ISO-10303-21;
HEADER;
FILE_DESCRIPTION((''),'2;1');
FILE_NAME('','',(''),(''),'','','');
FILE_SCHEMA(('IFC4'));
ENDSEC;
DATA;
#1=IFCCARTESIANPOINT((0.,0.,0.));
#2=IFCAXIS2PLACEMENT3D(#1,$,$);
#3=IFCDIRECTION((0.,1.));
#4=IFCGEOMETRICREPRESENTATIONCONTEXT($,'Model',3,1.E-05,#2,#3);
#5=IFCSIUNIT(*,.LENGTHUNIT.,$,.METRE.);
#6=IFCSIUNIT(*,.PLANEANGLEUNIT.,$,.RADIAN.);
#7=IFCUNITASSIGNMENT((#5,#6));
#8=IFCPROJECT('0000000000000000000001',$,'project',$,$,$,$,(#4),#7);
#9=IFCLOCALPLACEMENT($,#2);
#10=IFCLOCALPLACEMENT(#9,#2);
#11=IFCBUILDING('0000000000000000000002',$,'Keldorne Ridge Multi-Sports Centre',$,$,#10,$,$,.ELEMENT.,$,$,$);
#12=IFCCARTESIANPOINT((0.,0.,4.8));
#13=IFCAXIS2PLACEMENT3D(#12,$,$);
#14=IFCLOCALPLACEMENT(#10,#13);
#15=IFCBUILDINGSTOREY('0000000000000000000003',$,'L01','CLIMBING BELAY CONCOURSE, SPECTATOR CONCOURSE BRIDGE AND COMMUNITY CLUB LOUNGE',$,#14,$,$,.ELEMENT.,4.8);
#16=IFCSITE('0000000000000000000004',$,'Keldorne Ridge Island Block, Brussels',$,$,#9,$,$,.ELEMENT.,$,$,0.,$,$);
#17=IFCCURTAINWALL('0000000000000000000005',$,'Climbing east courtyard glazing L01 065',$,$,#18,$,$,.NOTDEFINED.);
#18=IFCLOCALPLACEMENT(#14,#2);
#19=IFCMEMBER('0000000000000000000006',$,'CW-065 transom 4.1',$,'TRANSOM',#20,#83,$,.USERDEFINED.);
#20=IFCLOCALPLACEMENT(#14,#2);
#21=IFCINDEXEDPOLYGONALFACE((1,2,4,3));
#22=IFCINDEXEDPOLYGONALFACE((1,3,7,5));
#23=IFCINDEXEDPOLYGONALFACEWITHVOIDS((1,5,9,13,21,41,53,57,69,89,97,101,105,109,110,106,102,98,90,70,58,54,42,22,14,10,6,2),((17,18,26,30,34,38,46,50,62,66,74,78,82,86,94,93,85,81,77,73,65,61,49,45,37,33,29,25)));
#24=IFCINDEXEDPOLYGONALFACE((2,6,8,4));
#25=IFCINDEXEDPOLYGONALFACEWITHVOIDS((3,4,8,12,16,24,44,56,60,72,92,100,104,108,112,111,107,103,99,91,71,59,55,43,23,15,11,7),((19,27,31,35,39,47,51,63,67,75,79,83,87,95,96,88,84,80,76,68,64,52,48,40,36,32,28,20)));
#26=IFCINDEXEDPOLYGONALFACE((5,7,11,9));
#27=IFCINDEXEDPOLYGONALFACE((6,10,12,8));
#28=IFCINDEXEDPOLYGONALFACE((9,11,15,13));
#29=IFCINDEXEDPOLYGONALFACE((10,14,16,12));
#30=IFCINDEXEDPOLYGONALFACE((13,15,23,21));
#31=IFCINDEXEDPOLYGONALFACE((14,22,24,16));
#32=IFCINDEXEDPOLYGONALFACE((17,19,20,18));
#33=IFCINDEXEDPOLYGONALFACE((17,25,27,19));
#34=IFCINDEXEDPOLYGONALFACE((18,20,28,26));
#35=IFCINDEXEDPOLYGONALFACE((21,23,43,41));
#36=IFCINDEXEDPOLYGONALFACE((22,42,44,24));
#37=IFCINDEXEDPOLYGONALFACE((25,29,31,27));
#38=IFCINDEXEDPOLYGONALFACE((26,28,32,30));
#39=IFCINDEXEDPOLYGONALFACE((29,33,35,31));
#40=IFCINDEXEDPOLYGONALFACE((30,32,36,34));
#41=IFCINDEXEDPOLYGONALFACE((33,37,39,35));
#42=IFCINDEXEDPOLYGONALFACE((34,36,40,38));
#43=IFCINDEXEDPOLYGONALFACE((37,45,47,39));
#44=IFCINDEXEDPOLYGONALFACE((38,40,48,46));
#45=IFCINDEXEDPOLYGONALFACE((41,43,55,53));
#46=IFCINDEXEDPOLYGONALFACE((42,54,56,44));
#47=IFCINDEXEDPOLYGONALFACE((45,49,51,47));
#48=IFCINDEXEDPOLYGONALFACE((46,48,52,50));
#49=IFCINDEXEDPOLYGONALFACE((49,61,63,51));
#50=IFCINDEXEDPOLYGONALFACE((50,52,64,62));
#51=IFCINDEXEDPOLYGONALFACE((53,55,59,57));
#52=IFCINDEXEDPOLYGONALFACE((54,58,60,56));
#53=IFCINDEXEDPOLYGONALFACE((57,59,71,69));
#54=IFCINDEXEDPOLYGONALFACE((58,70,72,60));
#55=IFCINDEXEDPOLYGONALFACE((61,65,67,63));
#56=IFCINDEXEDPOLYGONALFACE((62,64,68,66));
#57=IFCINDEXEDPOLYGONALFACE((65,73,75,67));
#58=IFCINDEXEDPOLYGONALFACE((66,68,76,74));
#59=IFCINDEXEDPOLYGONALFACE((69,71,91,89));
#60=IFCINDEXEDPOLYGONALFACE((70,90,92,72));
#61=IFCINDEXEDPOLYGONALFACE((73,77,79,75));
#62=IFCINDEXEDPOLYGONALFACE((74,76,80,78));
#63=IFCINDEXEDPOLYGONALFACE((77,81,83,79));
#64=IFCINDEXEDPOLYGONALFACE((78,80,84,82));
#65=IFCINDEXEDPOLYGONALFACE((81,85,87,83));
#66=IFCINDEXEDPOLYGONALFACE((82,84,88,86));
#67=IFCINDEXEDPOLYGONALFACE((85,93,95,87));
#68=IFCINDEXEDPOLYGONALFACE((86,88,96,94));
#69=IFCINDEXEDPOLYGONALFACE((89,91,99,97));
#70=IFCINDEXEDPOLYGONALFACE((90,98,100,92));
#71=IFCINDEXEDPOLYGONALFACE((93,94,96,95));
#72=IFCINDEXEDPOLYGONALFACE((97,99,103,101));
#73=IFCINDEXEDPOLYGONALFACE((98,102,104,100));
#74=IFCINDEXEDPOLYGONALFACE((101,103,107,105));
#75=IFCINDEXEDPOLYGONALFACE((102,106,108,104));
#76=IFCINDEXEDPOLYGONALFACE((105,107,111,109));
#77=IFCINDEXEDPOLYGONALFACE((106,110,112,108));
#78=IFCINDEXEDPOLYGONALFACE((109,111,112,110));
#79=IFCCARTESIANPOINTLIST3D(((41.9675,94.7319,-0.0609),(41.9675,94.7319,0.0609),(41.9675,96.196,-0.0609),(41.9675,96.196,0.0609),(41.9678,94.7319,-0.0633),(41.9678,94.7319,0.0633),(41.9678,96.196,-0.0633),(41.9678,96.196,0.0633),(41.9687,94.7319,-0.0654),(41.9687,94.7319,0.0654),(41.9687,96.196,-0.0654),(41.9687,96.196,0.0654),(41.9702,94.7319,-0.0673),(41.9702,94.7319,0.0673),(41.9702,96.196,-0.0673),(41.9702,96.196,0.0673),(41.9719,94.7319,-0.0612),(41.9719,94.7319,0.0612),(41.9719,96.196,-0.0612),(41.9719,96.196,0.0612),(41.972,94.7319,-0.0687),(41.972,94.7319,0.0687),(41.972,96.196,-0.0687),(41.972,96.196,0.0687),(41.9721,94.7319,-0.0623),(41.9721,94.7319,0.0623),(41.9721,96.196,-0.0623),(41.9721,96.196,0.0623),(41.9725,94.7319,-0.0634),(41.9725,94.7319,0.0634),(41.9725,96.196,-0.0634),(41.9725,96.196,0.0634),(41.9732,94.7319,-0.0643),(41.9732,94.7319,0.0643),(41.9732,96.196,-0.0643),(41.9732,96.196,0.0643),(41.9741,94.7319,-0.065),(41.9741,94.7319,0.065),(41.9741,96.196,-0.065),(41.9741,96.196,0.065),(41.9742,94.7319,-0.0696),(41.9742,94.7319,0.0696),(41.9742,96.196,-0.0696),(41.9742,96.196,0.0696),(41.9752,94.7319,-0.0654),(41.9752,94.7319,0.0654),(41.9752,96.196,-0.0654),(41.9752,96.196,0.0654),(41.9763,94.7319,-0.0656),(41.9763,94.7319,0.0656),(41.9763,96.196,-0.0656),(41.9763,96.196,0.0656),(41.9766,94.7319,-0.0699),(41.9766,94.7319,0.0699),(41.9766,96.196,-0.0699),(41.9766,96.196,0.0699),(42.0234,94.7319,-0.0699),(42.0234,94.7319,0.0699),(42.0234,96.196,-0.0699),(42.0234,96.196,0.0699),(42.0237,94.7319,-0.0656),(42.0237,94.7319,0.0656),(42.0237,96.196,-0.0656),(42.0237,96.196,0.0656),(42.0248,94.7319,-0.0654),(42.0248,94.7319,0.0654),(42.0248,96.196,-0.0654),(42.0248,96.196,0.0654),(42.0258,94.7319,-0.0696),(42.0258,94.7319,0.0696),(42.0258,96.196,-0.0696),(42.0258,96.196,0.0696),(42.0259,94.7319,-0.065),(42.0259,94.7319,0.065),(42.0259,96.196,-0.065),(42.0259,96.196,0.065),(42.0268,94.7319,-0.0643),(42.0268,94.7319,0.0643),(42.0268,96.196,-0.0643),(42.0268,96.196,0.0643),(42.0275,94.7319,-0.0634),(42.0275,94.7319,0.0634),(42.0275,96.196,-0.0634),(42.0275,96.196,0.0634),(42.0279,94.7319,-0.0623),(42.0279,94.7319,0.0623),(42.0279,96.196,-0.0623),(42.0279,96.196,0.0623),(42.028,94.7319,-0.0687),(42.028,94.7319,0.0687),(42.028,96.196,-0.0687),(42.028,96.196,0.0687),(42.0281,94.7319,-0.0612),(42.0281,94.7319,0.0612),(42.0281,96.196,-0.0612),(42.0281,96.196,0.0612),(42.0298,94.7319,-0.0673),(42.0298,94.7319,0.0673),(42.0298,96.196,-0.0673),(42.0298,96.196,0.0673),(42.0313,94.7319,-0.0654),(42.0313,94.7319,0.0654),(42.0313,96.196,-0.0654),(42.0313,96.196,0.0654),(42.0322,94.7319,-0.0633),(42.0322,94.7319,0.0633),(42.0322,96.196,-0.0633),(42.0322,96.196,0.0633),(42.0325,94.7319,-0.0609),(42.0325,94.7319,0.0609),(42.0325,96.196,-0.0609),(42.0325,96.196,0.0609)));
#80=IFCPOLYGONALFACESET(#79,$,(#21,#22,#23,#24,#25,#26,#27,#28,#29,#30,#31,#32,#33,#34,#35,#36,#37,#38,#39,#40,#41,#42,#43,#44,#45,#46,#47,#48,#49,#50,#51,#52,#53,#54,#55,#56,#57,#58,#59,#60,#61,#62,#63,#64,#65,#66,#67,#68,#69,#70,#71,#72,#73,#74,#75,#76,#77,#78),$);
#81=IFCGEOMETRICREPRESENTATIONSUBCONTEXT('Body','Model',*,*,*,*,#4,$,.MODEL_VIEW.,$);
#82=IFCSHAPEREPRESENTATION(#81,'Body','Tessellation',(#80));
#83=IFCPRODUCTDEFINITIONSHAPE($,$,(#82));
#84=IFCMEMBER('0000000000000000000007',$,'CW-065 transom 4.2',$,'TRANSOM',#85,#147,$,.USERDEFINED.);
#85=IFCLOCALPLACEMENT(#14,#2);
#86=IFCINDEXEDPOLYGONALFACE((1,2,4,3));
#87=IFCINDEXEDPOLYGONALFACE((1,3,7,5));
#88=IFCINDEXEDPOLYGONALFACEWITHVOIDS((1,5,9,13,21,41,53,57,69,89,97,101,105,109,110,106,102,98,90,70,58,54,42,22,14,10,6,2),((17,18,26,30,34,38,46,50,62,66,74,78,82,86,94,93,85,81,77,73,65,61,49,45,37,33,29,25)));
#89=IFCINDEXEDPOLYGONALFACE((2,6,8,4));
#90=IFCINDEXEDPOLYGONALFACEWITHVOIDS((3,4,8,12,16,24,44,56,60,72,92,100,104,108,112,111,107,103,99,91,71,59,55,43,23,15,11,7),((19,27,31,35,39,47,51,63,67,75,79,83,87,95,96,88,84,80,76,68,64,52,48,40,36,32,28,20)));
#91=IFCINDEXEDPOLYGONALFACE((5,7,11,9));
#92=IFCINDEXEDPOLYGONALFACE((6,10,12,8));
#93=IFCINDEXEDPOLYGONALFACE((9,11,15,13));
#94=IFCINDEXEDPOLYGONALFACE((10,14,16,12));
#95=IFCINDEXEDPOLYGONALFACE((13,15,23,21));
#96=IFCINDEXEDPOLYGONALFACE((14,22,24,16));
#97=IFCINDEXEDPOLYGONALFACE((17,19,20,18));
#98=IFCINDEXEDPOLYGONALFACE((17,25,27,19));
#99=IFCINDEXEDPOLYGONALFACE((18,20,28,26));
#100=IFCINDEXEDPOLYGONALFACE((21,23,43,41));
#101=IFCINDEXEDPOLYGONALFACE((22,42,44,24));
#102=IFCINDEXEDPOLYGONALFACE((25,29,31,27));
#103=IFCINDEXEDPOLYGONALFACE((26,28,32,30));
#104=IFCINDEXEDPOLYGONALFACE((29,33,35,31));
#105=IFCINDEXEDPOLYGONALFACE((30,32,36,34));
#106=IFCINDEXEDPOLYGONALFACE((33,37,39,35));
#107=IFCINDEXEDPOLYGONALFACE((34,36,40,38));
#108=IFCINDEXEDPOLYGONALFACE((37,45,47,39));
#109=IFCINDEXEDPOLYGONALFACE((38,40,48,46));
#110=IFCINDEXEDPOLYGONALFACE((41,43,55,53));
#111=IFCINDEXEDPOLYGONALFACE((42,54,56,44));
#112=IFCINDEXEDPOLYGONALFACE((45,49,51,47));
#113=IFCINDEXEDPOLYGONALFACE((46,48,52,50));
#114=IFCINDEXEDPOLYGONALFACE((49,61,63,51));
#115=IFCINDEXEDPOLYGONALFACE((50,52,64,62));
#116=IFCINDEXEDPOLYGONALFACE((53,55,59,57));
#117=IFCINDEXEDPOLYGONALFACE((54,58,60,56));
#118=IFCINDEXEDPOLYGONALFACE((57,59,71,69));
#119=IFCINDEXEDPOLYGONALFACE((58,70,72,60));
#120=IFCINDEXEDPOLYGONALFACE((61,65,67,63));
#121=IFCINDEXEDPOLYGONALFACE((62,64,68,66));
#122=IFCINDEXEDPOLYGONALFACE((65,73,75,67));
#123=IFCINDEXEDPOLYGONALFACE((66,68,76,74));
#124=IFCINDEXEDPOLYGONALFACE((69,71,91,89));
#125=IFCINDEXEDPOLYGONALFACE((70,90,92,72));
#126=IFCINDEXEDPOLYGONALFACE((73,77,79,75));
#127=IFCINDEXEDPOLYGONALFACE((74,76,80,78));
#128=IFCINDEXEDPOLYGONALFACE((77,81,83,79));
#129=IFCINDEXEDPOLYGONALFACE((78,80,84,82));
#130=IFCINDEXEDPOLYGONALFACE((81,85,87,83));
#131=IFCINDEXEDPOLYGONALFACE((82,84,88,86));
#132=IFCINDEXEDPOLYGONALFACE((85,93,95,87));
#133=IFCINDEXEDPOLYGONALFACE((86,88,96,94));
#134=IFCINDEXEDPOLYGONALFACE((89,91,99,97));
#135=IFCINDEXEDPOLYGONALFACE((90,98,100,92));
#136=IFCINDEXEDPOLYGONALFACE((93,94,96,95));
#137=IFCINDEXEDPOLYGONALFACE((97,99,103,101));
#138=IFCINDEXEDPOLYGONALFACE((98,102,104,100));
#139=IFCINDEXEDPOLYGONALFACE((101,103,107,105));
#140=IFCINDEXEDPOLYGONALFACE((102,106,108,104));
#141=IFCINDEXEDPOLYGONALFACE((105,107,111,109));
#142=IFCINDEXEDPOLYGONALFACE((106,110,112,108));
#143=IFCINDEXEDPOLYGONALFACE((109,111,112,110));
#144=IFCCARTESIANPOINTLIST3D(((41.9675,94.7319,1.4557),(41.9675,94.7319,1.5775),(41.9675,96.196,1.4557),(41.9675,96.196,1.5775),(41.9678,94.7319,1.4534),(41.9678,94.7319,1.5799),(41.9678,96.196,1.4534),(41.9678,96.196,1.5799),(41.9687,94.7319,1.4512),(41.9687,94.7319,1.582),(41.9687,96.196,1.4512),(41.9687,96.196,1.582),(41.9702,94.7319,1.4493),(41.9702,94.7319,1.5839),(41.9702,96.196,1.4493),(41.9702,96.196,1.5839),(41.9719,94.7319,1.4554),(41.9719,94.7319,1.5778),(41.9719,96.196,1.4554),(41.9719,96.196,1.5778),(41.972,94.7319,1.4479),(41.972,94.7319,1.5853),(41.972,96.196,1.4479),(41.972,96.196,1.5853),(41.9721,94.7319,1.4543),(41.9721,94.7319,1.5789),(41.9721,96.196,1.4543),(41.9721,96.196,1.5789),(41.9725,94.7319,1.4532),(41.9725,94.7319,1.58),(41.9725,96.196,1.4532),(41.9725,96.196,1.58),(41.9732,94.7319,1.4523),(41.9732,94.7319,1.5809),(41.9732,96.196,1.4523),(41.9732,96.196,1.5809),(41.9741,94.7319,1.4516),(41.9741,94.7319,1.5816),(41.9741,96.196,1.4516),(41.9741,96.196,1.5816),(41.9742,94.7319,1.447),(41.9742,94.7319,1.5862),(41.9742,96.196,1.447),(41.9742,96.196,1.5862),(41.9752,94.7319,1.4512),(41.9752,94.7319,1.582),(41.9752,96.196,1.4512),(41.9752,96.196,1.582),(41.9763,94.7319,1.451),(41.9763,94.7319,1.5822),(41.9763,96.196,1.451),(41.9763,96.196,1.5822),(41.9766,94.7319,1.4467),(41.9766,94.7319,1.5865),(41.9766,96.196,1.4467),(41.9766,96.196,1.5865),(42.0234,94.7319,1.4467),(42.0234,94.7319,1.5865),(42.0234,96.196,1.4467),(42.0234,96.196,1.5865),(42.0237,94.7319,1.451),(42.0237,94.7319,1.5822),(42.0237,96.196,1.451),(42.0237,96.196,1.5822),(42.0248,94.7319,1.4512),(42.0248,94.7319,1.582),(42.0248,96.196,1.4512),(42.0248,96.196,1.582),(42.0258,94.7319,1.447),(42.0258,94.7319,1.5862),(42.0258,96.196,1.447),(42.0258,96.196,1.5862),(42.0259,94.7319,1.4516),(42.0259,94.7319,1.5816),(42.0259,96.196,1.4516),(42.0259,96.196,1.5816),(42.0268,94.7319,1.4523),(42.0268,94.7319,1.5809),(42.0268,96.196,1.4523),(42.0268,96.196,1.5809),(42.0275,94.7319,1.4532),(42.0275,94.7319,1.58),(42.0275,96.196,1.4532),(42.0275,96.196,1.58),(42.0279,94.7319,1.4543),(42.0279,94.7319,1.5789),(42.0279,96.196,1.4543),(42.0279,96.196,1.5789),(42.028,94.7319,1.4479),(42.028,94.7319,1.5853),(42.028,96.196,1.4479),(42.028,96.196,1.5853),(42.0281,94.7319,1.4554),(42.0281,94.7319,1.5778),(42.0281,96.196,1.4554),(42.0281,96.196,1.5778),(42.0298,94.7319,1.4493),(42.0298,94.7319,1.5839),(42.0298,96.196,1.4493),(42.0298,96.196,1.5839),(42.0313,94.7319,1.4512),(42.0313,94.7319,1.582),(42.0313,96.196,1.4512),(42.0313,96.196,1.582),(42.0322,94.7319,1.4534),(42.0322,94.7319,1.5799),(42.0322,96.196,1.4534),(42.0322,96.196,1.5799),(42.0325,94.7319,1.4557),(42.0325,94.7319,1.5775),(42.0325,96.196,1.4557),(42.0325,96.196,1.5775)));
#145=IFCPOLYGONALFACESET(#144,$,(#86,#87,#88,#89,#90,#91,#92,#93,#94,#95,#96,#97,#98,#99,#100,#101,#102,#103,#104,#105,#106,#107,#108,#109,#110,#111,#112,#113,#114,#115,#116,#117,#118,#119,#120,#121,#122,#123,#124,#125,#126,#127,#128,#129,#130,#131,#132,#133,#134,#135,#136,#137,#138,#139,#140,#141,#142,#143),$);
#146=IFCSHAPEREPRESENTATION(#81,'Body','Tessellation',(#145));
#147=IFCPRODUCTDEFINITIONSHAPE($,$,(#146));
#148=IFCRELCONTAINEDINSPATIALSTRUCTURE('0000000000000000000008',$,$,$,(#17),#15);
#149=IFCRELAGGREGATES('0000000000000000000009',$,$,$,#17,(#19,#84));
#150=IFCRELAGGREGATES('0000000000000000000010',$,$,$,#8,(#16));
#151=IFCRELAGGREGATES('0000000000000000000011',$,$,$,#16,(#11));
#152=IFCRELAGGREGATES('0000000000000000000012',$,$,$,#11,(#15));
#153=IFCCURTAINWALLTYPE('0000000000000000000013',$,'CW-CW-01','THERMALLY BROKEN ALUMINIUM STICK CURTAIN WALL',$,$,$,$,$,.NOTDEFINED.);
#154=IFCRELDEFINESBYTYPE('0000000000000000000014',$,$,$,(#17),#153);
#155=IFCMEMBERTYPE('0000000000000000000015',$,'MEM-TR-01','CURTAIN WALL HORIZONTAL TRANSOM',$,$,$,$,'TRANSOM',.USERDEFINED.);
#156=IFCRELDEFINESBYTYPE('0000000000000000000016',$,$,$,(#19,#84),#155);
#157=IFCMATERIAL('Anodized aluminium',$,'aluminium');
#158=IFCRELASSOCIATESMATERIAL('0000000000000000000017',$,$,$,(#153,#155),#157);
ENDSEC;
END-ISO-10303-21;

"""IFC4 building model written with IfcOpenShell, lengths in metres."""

from ifc_helpers import new_model, si_unit, direction, frame, origin, origin_2d, place, context, subcontext, project, spatial, hollow_rectangle, extrude, material, material_profile, profile_set, type_object, element, aggregate, save


model = new_model("IFC4")

# Units and contexts
model_context = context("Model", 3, precision=1e-05, world=origin(), true_north=direction((0.0, 1.0)))
body_context = subcontext(model_context, "Body", "Model", "MODEL_VIEW")
ifc_project = project(units=[si_unit("LENGTHUNIT", "METRE"), si_unit("PLANEANGLEUNIT", "RADIAN")], contexts=[model_context])

# Site, building, storey
site_placement = place(None, origin())
site = spatial("IfcSite", under=ifc_project, at=site_placement, Name="Keldorne Ridge Island Block, Brussels", CompositionType="ELEMENT", RefElevation=0.0)
building_placement = place(site_placement, origin())
building = spatial("IfcBuilding", under=site, at=building_placement, Name="Keldorne Ridge Multi-Sports Centre", CompositionType="ELEMENT")
storey_placement = place(building_placement, frame((0.0, 0.0, 4.8)))
storey = spatial("IfcBuildingStorey", under=building, at=storey_placement, Name="L01", Description="CLIMBING BELAY CONCOURSE, SPECTATOR CONCOURSE BRIDGE AND COMMUNITY CLUB LOUNGE", CompositionType="ELEMENT", Elevation=4.8)

# Curtain wall, members
ifc_material_1 = material(Name="Anodized aluminium", Category="aluminium")
curtain_wall_type_1 = type_object("IfcCurtainWallType", Name="CW-CW-01", Description="THERMALLY BROKEN ALUMINIUM STICK CURTAIN WALL", PredefinedType="NOTDEFINED", material=ifc_material_1)
curtain_wall_1_placement = place(storey_placement, origin())
curtain_wall_1 = element("IfcCurtainWall", 1, at=curtain_wall_1_placement, inside=storey, type_object=curtain_wall_type_1, Name="Climbing east courtyard glazing L01 065", PredefinedType="NOTDEFINED")
ifc_material_profile_1 = material_profile(ifc_material_1, hollow_rectangle(XDim=0.0649, YDim=0.1399, WallThickness=0.0044, InnerFilletRadius=0.0044, OuterFilletRadius=0.009, at=origin_2d()), Name="ALU TRANSOM 140x65x4.5")
ifc_profile_set_1 = profile_set([ifc_material_profile_1], Name="Anodized aluminium")
member_type_1 = type_object("IfcMemberType", Name="MEM-TR-01", Description="CURTAIN WALL HORIZONTAL TRANSOM", ElementType="TRANSOM", PredefinedType="USERDEFINED", material=ifc_profile_set_1)
member_1_placement = place(storey_placement, frame((42.0, 94.7319, 0.0), z_axis=(0.0, 1.0, 0.0), x_axis=(-1.0, 0.0, 0.0)))
member_1 = element("IfcMember", 2, at=member_1_placement, type_object=member_type_1, Name="CW-065 transom 4.1", ObjectType="TRANSOM", PredefinedType="USERDEFINED", context=body_context, shape_type="SweptSolid", body=[
    extrude(hollow_rectangle(XDim=0.0649, YDim=0.1399, WallThickness=0.0044, InnerFilletRadius=0.0044, OuterFilletRadius=0.009, at=origin_2d()), origin(), (0.0, 0.0, 1.0), 1.4641),
])
member_2_placement = place(storey_placement, frame((42.0, 94.7319, 1.5166), z_axis=(0.0, 1.0, 0.0), x_axis=(-1.0, 0.0, 0.0)))
member_2 = element("IfcMember", 3, at=member_2_placement, type_object=member_type_1, Name="CW-065 transom 4.2", ObjectType="TRANSOM", PredefinedType="USERDEFINED", context=body_context, shape_type="SweptSolid", body=[
    extrude(hollow_rectangle(XDim=0.0649, YDim=0.1399, WallThickness=0.0044, InnerFilletRadius=0.0044, OuterFilletRadius=0.009, at=origin_2d()), origin(), (0.0, 0.0, 1.0), 1.4641),
])
aggregate(curtain_wall_1, [member_1, member_2])

save(model, "model.ifc")
